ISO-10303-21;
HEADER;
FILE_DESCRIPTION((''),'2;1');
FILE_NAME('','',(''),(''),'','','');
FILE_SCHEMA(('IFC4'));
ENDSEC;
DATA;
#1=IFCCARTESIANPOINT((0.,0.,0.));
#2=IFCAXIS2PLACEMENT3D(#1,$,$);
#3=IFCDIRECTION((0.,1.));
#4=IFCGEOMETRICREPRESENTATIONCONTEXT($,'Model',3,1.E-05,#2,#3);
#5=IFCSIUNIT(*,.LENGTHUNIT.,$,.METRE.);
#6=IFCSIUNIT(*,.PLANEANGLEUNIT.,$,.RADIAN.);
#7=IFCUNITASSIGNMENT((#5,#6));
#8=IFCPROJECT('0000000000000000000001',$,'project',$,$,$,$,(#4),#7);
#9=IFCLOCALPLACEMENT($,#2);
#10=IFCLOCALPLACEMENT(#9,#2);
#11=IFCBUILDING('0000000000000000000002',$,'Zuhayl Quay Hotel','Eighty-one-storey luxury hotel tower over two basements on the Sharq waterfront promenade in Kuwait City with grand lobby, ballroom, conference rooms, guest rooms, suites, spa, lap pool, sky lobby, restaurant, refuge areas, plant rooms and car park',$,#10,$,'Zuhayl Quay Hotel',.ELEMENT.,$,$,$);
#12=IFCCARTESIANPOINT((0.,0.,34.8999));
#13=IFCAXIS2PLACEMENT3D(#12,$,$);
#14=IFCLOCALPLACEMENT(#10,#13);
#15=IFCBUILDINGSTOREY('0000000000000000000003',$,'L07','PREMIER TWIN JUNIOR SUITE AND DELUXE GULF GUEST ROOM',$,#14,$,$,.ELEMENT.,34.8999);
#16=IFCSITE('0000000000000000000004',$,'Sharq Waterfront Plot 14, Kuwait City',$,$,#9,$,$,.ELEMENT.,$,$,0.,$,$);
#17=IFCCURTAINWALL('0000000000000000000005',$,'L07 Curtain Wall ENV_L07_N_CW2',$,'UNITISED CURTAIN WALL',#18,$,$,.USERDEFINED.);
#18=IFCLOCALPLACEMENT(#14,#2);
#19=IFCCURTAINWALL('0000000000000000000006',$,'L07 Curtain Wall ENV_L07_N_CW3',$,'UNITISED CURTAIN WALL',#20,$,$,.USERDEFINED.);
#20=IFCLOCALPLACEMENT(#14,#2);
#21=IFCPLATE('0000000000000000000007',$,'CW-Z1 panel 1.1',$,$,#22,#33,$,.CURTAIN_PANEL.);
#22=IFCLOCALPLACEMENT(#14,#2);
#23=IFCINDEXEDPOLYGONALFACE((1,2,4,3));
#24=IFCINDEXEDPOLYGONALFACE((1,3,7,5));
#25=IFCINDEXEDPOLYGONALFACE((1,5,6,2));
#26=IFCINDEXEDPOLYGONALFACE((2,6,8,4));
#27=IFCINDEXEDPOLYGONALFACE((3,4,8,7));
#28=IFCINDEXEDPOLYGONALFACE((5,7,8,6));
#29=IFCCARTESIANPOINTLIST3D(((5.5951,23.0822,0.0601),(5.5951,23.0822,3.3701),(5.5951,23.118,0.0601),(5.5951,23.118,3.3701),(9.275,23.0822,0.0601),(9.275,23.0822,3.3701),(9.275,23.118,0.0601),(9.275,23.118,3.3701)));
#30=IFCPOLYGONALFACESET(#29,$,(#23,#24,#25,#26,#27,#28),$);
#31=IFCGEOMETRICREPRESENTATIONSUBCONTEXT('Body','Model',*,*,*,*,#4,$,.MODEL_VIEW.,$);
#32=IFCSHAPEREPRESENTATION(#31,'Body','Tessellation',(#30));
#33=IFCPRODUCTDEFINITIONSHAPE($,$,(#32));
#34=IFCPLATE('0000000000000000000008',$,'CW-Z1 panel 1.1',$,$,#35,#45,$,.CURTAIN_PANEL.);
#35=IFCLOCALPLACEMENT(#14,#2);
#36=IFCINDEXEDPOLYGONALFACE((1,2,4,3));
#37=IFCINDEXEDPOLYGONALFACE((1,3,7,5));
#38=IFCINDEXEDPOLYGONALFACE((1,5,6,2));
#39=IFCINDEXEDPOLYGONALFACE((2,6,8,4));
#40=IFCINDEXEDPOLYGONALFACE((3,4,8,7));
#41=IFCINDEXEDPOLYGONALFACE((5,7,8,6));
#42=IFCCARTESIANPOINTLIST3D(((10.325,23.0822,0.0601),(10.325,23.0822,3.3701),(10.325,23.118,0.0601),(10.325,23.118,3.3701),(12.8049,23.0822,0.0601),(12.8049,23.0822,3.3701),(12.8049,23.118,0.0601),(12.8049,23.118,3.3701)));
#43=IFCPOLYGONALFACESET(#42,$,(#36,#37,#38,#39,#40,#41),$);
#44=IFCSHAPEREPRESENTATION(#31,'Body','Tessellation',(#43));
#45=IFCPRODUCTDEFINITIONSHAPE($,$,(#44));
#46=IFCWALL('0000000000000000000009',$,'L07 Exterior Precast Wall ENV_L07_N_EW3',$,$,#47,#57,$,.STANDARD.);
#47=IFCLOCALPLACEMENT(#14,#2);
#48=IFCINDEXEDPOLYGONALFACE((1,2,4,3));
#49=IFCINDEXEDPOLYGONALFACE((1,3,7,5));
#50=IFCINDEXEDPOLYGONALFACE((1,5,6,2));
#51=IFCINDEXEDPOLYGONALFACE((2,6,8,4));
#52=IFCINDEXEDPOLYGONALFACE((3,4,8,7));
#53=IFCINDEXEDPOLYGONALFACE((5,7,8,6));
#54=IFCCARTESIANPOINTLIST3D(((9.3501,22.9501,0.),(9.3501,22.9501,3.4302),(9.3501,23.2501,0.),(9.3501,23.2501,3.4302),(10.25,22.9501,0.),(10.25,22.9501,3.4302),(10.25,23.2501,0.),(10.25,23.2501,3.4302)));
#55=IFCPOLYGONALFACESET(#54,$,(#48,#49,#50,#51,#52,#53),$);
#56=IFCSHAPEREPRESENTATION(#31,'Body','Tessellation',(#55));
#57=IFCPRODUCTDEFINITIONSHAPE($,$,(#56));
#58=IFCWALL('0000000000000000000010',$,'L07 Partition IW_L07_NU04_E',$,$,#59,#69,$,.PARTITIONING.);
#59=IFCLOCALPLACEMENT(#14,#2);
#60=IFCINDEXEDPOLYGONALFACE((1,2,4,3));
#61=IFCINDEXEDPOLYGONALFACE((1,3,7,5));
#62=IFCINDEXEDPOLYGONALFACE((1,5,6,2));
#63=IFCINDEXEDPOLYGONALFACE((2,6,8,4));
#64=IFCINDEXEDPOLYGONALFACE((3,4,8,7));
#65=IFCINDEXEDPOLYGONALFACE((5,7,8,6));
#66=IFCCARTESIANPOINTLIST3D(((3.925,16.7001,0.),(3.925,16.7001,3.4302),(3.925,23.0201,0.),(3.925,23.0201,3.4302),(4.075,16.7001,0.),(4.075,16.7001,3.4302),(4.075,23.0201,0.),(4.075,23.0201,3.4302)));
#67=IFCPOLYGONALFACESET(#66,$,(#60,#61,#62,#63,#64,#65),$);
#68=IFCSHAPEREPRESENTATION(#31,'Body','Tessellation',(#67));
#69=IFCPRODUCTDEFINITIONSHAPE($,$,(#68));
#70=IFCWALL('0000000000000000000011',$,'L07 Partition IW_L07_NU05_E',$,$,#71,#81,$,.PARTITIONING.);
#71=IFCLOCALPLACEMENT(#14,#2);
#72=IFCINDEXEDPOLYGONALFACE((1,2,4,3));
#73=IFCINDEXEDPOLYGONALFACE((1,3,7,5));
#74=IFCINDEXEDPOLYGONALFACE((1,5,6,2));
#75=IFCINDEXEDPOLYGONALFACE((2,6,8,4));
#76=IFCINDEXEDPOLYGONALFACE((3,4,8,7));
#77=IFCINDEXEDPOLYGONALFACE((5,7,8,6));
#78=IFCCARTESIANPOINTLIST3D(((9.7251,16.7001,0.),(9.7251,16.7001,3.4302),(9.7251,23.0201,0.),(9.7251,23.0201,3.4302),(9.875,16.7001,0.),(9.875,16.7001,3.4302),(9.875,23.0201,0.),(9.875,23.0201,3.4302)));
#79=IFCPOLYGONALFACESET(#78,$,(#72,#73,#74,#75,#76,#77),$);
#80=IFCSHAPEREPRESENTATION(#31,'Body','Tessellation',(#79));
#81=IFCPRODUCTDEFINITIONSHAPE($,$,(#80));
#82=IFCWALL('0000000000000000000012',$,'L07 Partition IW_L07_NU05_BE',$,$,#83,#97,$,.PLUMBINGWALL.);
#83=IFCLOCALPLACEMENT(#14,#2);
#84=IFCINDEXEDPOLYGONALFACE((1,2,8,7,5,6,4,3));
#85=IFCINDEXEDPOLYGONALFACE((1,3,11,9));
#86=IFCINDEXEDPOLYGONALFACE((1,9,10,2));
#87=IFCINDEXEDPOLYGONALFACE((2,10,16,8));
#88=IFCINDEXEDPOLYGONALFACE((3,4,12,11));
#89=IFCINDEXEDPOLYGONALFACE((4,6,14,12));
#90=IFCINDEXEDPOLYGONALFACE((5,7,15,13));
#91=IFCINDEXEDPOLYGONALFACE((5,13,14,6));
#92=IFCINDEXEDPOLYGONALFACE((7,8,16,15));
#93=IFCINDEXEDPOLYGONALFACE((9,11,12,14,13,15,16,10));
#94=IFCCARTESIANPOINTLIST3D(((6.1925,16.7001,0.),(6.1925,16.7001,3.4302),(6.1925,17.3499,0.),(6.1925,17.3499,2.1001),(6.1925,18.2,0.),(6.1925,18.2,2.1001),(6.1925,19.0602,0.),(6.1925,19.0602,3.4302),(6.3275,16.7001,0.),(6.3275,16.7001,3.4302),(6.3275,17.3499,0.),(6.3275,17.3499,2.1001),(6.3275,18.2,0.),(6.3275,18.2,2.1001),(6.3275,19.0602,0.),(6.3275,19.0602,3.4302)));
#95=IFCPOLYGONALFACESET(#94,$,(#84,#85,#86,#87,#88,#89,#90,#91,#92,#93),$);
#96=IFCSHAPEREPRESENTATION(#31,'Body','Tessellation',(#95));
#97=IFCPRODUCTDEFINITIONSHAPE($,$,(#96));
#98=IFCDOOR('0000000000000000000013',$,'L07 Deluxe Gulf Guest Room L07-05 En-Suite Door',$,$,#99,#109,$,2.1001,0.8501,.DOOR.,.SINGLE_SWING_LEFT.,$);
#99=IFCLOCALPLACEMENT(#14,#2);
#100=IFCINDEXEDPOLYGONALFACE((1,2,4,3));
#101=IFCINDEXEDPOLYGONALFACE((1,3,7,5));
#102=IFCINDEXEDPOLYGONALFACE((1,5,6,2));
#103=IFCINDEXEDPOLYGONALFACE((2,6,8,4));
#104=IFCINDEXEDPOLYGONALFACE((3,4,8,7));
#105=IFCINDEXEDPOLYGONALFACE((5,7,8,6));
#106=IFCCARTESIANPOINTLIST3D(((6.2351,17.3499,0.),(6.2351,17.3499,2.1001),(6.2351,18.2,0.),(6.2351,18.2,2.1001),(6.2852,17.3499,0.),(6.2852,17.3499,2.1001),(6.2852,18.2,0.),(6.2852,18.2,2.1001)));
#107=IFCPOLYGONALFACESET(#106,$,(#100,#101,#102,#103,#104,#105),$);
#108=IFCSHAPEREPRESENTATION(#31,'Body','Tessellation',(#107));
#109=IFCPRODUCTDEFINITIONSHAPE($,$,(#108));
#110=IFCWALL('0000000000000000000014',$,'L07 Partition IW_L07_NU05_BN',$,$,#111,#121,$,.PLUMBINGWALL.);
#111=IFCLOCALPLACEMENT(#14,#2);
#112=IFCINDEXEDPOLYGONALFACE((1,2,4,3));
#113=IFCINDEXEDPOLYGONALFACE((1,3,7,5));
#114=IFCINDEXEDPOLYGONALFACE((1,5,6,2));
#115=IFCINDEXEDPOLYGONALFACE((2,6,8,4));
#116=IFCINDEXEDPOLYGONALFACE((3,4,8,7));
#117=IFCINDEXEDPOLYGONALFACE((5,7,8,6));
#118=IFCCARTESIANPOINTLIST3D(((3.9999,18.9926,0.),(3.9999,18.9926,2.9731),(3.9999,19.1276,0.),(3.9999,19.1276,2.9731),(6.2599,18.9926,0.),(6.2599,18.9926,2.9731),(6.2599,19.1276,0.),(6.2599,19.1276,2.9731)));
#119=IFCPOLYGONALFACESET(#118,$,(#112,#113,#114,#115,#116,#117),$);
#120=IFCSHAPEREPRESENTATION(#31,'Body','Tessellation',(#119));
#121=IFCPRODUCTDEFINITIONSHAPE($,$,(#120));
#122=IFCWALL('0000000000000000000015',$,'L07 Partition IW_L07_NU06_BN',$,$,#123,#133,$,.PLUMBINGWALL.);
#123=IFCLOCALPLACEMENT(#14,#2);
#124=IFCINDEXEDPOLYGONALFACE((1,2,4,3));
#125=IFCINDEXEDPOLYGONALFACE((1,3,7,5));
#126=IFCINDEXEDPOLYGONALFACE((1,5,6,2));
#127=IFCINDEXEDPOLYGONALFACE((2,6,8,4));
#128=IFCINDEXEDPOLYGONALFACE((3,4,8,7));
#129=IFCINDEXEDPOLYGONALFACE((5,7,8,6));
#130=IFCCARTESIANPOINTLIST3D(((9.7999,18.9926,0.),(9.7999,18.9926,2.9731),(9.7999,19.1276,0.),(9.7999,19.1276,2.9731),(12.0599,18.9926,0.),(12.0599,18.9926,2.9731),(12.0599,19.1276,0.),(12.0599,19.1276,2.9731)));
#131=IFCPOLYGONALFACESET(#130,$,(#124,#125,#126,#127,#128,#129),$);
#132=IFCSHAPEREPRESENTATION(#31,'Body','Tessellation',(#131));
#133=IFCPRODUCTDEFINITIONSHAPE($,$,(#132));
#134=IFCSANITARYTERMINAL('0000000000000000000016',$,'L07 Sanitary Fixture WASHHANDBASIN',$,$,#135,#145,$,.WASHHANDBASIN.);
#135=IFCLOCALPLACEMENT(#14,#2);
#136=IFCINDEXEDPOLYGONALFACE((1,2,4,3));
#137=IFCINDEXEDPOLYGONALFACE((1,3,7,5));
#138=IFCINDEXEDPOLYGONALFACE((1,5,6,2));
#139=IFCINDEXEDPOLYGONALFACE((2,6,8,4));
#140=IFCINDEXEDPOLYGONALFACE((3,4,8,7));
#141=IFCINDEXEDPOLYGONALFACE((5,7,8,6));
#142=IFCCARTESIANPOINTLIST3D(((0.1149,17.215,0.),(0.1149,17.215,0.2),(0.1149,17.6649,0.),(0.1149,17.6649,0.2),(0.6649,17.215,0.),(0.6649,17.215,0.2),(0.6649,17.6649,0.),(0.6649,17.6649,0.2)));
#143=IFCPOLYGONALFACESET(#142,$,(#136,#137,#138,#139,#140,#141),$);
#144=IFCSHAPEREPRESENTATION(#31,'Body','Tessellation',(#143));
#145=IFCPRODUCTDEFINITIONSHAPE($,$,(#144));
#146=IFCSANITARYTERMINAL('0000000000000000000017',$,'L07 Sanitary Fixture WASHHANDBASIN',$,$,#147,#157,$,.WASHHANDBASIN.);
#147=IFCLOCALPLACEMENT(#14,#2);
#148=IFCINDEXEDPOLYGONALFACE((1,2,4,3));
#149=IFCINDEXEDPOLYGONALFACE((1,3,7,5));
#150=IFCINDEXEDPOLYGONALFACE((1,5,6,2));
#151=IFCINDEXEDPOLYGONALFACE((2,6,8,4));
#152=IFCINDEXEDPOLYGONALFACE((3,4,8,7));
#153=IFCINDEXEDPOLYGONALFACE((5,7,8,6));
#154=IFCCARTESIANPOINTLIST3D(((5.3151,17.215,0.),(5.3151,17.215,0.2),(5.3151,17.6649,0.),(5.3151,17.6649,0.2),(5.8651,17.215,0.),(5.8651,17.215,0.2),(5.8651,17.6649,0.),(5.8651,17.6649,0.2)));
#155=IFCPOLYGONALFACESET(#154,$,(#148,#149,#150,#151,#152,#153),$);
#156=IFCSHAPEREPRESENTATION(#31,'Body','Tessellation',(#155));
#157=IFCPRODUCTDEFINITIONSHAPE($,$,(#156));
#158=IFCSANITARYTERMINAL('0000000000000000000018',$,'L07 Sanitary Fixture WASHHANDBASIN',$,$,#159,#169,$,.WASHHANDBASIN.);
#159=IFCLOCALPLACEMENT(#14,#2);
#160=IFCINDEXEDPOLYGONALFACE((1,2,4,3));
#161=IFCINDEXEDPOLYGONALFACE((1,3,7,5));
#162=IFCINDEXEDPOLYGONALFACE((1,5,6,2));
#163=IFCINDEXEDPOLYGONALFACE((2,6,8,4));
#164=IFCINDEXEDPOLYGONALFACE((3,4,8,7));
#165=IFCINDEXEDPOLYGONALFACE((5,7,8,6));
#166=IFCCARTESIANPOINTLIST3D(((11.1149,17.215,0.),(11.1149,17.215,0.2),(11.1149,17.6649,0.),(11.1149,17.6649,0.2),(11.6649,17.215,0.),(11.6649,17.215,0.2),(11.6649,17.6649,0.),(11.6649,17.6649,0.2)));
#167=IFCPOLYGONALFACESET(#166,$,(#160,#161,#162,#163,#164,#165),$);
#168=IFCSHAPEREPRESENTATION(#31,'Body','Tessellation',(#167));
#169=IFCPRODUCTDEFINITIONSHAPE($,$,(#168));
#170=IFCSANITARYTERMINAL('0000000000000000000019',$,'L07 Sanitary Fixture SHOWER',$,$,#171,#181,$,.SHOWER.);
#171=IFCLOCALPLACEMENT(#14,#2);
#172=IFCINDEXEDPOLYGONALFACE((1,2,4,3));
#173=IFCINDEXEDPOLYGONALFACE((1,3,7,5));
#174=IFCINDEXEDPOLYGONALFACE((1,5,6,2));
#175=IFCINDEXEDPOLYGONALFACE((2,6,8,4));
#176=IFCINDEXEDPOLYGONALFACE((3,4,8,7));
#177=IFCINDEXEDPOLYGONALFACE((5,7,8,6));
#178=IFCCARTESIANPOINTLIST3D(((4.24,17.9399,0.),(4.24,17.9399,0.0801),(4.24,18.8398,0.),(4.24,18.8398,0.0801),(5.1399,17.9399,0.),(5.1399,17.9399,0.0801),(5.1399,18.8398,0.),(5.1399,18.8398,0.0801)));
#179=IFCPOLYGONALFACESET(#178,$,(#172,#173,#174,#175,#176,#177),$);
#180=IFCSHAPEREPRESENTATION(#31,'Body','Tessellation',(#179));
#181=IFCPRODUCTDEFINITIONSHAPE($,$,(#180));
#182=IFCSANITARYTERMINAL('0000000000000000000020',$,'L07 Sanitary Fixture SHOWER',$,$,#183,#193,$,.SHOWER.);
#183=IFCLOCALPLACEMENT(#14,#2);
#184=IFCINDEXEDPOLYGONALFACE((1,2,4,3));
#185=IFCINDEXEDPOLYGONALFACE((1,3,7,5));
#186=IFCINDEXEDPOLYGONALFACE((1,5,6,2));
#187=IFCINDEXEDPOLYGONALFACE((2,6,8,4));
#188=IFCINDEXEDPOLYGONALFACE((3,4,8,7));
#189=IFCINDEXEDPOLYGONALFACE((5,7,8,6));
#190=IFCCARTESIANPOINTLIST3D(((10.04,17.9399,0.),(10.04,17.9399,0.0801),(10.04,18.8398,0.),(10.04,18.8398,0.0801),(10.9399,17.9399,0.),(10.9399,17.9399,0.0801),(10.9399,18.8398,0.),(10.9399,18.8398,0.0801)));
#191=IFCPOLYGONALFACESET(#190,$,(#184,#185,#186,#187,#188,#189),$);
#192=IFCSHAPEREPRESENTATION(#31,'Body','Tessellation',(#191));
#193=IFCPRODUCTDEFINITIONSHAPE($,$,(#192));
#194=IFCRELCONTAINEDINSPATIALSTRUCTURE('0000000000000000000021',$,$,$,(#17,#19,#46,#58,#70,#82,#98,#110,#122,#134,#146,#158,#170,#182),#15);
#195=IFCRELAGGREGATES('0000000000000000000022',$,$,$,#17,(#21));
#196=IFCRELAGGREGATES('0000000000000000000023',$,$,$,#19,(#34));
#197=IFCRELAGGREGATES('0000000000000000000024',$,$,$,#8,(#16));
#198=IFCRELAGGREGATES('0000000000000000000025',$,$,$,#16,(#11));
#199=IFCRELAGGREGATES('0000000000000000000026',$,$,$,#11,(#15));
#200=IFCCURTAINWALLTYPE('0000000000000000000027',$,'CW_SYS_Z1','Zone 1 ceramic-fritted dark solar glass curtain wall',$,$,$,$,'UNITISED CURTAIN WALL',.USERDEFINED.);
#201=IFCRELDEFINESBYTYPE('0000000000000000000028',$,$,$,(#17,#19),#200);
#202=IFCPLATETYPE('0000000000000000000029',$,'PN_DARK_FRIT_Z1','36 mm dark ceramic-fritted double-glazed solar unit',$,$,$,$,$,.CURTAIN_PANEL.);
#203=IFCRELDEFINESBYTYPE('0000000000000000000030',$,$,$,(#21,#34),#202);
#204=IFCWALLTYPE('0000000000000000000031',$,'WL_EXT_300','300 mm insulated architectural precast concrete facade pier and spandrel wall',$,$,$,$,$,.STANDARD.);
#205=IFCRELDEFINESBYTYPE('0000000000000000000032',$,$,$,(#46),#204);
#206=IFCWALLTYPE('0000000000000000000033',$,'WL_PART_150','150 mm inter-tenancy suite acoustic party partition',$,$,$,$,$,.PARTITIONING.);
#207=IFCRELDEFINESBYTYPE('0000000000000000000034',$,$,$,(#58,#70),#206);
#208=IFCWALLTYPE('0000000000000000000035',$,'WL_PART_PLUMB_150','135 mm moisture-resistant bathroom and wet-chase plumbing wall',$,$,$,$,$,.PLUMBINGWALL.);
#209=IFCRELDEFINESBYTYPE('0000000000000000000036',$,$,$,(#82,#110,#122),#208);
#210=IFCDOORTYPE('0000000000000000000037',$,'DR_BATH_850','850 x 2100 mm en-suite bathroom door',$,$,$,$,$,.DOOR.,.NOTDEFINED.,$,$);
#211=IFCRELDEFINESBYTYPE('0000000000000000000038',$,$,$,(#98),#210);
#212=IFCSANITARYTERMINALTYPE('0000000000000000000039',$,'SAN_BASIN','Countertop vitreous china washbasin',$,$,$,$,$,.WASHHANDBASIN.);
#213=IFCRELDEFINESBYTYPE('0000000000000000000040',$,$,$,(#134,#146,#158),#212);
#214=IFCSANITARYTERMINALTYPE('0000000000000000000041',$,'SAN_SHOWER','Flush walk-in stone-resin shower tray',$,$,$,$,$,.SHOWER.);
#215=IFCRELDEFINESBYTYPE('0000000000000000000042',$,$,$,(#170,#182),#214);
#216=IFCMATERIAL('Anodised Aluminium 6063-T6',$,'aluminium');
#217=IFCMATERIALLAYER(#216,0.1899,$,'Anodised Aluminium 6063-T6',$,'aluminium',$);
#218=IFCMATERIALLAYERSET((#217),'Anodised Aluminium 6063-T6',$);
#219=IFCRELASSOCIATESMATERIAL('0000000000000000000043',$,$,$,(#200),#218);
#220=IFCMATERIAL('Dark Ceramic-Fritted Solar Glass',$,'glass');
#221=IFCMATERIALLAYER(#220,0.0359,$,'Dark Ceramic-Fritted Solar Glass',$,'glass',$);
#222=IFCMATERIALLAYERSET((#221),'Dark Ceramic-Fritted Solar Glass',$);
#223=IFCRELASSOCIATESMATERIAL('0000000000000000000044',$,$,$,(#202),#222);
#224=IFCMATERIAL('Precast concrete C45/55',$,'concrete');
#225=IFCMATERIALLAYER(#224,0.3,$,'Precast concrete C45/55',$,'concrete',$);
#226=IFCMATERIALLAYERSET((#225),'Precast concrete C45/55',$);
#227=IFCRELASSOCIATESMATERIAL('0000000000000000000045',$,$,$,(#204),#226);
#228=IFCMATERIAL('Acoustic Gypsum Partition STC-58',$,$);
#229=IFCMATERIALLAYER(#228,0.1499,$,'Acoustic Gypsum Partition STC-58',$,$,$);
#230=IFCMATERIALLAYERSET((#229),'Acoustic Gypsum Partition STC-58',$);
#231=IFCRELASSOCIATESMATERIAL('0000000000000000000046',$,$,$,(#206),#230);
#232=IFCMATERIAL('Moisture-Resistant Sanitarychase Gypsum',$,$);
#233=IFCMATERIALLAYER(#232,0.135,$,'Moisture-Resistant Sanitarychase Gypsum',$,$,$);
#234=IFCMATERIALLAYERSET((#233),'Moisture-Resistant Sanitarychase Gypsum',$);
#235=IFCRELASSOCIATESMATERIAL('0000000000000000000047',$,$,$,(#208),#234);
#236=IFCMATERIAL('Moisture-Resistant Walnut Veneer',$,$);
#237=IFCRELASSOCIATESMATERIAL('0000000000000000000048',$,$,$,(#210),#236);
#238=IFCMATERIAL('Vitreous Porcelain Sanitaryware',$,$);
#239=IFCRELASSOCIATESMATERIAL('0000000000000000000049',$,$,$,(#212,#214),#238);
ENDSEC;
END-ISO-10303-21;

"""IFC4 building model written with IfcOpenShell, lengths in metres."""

from ifc_helpers import new_model, si_unit, direction, frame, frame_2d, origin, origin_2d, place, context, subcontext, project, spatial, rectangle, extrude, material, layer, layer_set, type_object, element, fill, aggregate, save


model = new_model("IFC4")

# Units and contexts
model_context = context("Model", 3, precision=1e-05, world=origin(), true_north=direction((0.0, 1.0)))
body_context = subcontext(model_context, "Body", "Model", "MODEL_VIEW")
ifc_project = project(units=[si_unit("LENGTHUNIT", "METRE"), si_unit("PLANEANGLEUNIT", "RADIAN")], contexts=[model_context])

# Site, building, storey
site_placement = place(None, origin())
site = spatial("IfcSite", under=ifc_project, at=site_placement, Name="Sharq Waterfront Plot 14, Kuwait City", CompositionType="ELEMENT", RefElevation=0.0)
building_placement = place(site_placement, origin())
building = spatial("IfcBuilding", under=site, at=building_placement, Name="Zuhayl Quay Hotel", Description="Eighty-one-storey luxury hotel tower over two basements on the Sharq waterfront promenade in Kuwait City with grand lobby, ballroom, conference rooms, guest rooms, suites, spa, lap pool, sky lobby, restaurant, refuge areas, plant rooms and car park", LongName="Zuhayl Quay Hotel", CompositionType="ELEMENT")
storey_placement = place(building_placement, frame((0.0, 0.0, 34.8999)))
storey = spatial("IfcBuildingStorey", under=building, at=storey_placement, Name="L07", Description="PREMIER TWIN JUNIOR SUITE AND DELUXE GULF GUEST ROOM", CompositionType="ELEMENT", Elevation=34.8999)

# Curtain wall
ifc_material_1 = material(Name="Anodised Aluminium 6063-T6", Category="aluminium")
ifc_layer_1 = layer(ifc_material_1, 0.1899, Name="Anodised Aluminium 6063-T6", Category="aluminium")
ifc_layer_set_1 = layer_set([ifc_layer_1], Name="Anodised Aluminium 6063-T6")
curtain_wall_type = type_object("IfcCurtainWallType", Name="CW_SYS_Z1", Description="Zone 1 ceramic-fritted dark solar glass curtain wall", ElementType="UNITISED CURTAIN WALL", PredefinedType="USERDEFINED", material=ifc_layer_set_1)
curtain_wall_1_placement = place(storey_placement, origin())
curtain_wall_1 = element("IfcCurtainWall", 1, at=curtain_wall_1_placement, inside=storey, type_object=curtain_wall_type, Name="L07 Curtain Wall ENV_L07_N_CW2", ObjectType="UNITISED CURTAIN WALL", PredefinedType="USERDEFINED")

# Curtain wall
curtain_wall_2_placement = place(storey_placement, origin())
curtain_wall_2 = element("IfcCurtainWall", 2, at=curtain_wall_2_placement, inside=storey, type_object=curtain_wall_type, Name="L07 Curtain Wall ENV_L07_N_CW3", ObjectType="UNITISED CURTAIN WALL", PredefinedType="USERDEFINED")

# Plates
ifc_material_2 = material(Name="Dark Ceramic-Fritted Solar Glass", Category="glass")
ifc_layer_2 = layer(ifc_material_2, 0.0359, Name="Dark Ceramic-Fritted Solar Glass", Category="glass")
ifc_layer_set_2 = layer_set([ifc_layer_2], Name="Dark Ceramic-Fritted Solar Glass")
plate_type = type_object("IfcPlateType", Name="PN_DARK_FRIT_Z1", Description="36 mm dark ceramic-fritted double-glazed solar unit", PredefinedType="CURTAIN_PANEL", material=ifc_layer_set_2)
plate_1_placement = place(storey_placement, frame((7.4351, 23.1001, 0.0601), z_axis=(0.0, 0.0, 1.0), x_axis=(1.0, 0.0, 0.0)))
plate_1 = element("IfcPlate", 3, at=plate_1_placement, type_object=plate_type, Name="CW-Z1 panel 1.1", PredefinedType="CURTAIN_PANEL", context=body_context, shape_type="SweptSolid", body=[
    extrude(rectangle(XDim=3.6799, YDim=0.0359, at=origin_2d()), origin(), (0.0, 0.0, 1.0), 3.3101),
])
aggregate(curtain_wall_1, [plate_1])
plate_2_placement = place(storey_placement, frame((11.5649, 23.1001, 0.0601), z_axis=(0.0, 0.0, 1.0), x_axis=(1.0, 0.0, 0.0)))
plate_2 = element("IfcPlate", 4, at=plate_2_placement, type_object=plate_type, Name="CW-Z1 panel 1.1", PredefinedType="CURTAIN_PANEL", context=body_context, shape_type="SweptSolid", body=[
    extrude(rectangle(XDim=2.48, YDim=0.0359, at=origin_2d()), origin(), (0.0, 0.0, 1.0), 3.3101),
])
aggregate(curtain_wall_2, [plate_2])

# Walls
ifc_material_3 = material(Name="Precast concrete C45/55", Category="concrete")
ifc_layer_3 = layer(ifc_material_3, 0.3, Name="Precast concrete C45/55", Category="concrete")
ifc_layer_set_3 = layer_set([ifc_layer_3], Name="Precast concrete C45/55")
wall_type_1 = type_object("IfcWallType", Name="WL_EXT_300", Description="300 mm insulated architectural precast concrete facade pier and spandrel wall", PredefinedType="STANDARD", material=ifc_layer_set_3)
wall_1_placement = place(storey_placement, frame((9.3501, 23.1001, 0.0), z_axis=(0.0, 0.0, 1.0), x_axis=(1.0, 0.0, 0.0)))
element("IfcWall", 5, at=wall_1_placement, inside=storey, type_object=wall_type_1, Name="L07 Exterior Precast Wall ENV_L07_N_EW3", PredefinedType="STANDARD", context=body_context, shape_type="SweptSolid", body=[
    extrude(rectangle(XDim=0.8999, YDim=0.3, at=frame_2d((0.45, 0.0))), origin(), (0.0, 0.0, 1.0), 3.4302),
])
ifc_material_4 = material(Name="Acoustic Gypsum Partition STC-58")
ifc_layer_4 = layer(ifc_material_4, 0.1499, Name="Acoustic Gypsum Partition STC-58")
ifc_layer_set_4 = layer_set([ifc_layer_4], Name="Acoustic Gypsum Partition STC-58")
wall_type_2 = type_object("IfcWallType", Name="WL_PART_150", Description="150 mm inter-tenancy suite acoustic party partition", PredefinedType="PARTITIONING", material=ifc_layer_set_4)
for number, where, z_axis, x_axis, name in (
    (6, (4.0, 16.7, 0.0), (0.0, 0.0, 1.0), (0.0, 1.0, 0.0), "L07 Partition IW_L07_NU04_E"),
    (7, (9.8, 16.7, 0.0), (0.0, 0.0, 1.0), (0.0, 1.0, 0.0), "L07 Partition IW_L07_NU05_E"),
):
    element("IfcWall", number, at=place(storey_placement, frame(where, z_axis=z_axis, x_axis=x_axis)), inside=storey, type_object=wall_type_2, Name=name, PredefinedType="PARTITIONING", context=body_context, shape_type="SweptSolid", body=[
        extrude(rectangle(XDim=6.3201, YDim=0.1499, at=frame_2d((3.1602, 0.0))), origin(), (0.0, 0.0, 1.0), 3.4302),
    ])

# Wall, opening, door
ifc_material_5 = material(Name="Moisture-Resistant Sanitarychase Gypsum")
ifc_layer_5 = layer(ifc_material_5, 0.135, Name="Moisture-Resistant Sanitarychase Gypsum")
ifc_layer_set_5 = layer_set([ifc_layer_5], Name="Moisture-Resistant Sanitarychase Gypsum")
wall_type_3 = type_object("IfcWallType", Name="WL_PART_PLUMB_150", Description="135 mm moisture-resistant bathroom and wet-chase plumbing wall", PredefinedType="PLUMBINGWALL", material=ifc_layer_set_5)
wall_2_placement = place(storey_placement, frame((6.26, 16.7, 0.0), z_axis=(0.0, 0.0, 1.0), x_axis=(0.0, 1.0, 0.0)))
wall_2 = element("IfcWall", 8, at=wall_2_placement, inside=storey, type_object=wall_type_3, Name="L07 Partition IW_L07_NU05_BE", PredefinedType="PLUMBINGWALL", context=body_context, shape_type="SweptSolid", body=[
    extrude(rectangle(XDim=2.3601, YDim=0.135, at=frame_2d((1.1802, 0.0))), origin(), (0.0, 0.0, 1.0), 3.4302),
])
opening_1_placement = place(wall_2_placement, frame((0.6499, 0.0, 0.0)))
opening_1 = element("IfcOpeningElement", 9, at=opening_1_placement, cuts=wall_2, PredefinedType="OPENING", context=body_context, shape_type="SweptSolid", body=[
    extrude(rectangle(XDim=0.8501, YDim=2.1001, at=frame_2d((0.425, 1.05))), frame((0.0, 0.0774, 0.0), z_axis=(0.0, -1.0, 0.0), x_axis=(1.0, 0.0, 0.0)), (0.0, 0.0, 1.0), 0.155),
])
ifc_material_6 = material(Name="Moisture-Resistant Walnut Veneer")
door_type_1 = type_object("IfcDoorType", Name="DR_BATH_850", Description="850 x 2100 mm en-suite bathroom door", OperationType="NOTDEFINED", PredefinedType="DOOR", material=ifc_material_6)
door_1_placement = place(opening_1_placement, origin())
door_1 = element("IfcDoor", 10, at=door_1_placement, inside=storey, type_object=door_type_1, Name="L07 Deluxe Gulf Guest Room L07-05 En-Suite Door", OperationType="SINGLE_SWING_LEFT", OverallHeight=2.1001, OverallWidth=0.8501, PredefinedType="DOOR", context=body_context, shape_type="SweptSolid", body=[
    extrude(rectangle(XDim=0.8501, YDim=2.1001, at=frame_2d((0.425, 1.05))), frame((0.0, 0.0249, 0.0), z_axis=(0.0, -1.0, 0.0), x_axis=(1.0, 0.0, 0.0)), (0.0, 0.0, 1.0), 0.05),
])
fill(opening_1, door_1)

# Walls
for number, where, z_axis, x_axis, name in (
    (11, (4.0, 19.0601, 0.0), (0.0, 0.0, 1.0), (1.0, 0.0, 0.0), "L07 Partition IW_L07_NU05_BN"),
    (12, (9.8, 19.0601, 0.0), (0.0, 0.0, 1.0), (1.0, 0.0, 0.0), "L07 Partition IW_L07_NU06_BN"),
):
    element("IfcWall", number, at=place(storey_placement, frame(where, z_axis=z_axis, x_axis=x_axis)), inside=storey, type_object=wall_type_3, Name=name, PredefinedType="PLUMBINGWALL", context=body_context, shape_type="SweptSolid", body=[
        extrude(rectangle(XDim=2.26, YDim=0.135, at=frame_2d((1.1299, 0.0))), origin(), (0.0, 0.0, 1.0), 2.9731),
    ])

# Sanitary terminals
ifc_material_7 = material(Name="Vitreous Porcelain Sanitaryware")
sanitary_terminal_type_1 = type_object("IfcSanitaryTerminalType", Name="SAN_BASIN", Description="Countertop vitreous china washbasin", PredefinedType="WASHHANDBASIN", material=ifc_material_7)
for number, where, z_axis, x_axis, name in (
    (13, (0.3899, 17.4399, 0.0), (0.0, 0.0, 1.0), (1.0, 0.0, 0.0), "L07 Sanitary Fixture WASHHANDBASIN"),
    (14, (5.5901, 17.4399, 0.0), (0.0, 0.0, 1.0), (1.0, 0.0, 0.0), "L07 Sanitary Fixture WASHHANDBASIN"),
    (15, (11.3899, 17.4399, 0.0), (0.0, 0.0, 1.0), (1.0, 0.0, 0.0), "L07 Sanitary Fixture WASHHANDBASIN"),
):
    element("IfcSanitaryTerminal", number, at=place(storey_placement, frame(where, z_axis=z_axis, x_axis=x_axis)), inside=storey, type_object=sanitary_terminal_type_1, Name=name, PredefinedType="WASHHANDBASIN", context=body_context, shape_type="SweptSolid", body=[
        extrude(rectangle(XDim=0.55, YDim=0.45, at=origin_2d()), origin(), (0.0, 0.0, 1.0), 0.2),
    ])
sanitary_terminal_type_2 = type_object("IfcSanitaryTerminalType", Name="SAN_SHOWER", Description="Flush walk-in stone-resin shower tray", PredefinedType="SHOWER", material=ifc_material_7)
for number, where, z_axis, x_axis, name in (
    (16, (4.6899, 18.3899, 0.0), (0.0, 0.0, 1.0), (1.0, 0.0, 0.0), "L07 Sanitary Fixture SHOWER"),
    (17, (10.49, 18.3899, 0.0), (0.0, 0.0, 1.0), (1.0, 0.0, 0.0), "L07 Sanitary Fixture SHOWER"),
):
    element("IfcSanitaryTerminal", number, at=place(storey_placement, frame(where, z_axis=z_axis, x_axis=x_axis)), inside=storey, type_object=sanitary_terminal_type_2, Name=name, PredefinedType="SHOWER", context=body_context, shape_type="SweptSolid", body=[
        extrude(rectangle(XDim=0.8999, YDim=0.8999, at=origin_2d()), origin(), (0.0, 0.0, 1.0), 0.0801),
    ])

save(model, "model.ifc")
